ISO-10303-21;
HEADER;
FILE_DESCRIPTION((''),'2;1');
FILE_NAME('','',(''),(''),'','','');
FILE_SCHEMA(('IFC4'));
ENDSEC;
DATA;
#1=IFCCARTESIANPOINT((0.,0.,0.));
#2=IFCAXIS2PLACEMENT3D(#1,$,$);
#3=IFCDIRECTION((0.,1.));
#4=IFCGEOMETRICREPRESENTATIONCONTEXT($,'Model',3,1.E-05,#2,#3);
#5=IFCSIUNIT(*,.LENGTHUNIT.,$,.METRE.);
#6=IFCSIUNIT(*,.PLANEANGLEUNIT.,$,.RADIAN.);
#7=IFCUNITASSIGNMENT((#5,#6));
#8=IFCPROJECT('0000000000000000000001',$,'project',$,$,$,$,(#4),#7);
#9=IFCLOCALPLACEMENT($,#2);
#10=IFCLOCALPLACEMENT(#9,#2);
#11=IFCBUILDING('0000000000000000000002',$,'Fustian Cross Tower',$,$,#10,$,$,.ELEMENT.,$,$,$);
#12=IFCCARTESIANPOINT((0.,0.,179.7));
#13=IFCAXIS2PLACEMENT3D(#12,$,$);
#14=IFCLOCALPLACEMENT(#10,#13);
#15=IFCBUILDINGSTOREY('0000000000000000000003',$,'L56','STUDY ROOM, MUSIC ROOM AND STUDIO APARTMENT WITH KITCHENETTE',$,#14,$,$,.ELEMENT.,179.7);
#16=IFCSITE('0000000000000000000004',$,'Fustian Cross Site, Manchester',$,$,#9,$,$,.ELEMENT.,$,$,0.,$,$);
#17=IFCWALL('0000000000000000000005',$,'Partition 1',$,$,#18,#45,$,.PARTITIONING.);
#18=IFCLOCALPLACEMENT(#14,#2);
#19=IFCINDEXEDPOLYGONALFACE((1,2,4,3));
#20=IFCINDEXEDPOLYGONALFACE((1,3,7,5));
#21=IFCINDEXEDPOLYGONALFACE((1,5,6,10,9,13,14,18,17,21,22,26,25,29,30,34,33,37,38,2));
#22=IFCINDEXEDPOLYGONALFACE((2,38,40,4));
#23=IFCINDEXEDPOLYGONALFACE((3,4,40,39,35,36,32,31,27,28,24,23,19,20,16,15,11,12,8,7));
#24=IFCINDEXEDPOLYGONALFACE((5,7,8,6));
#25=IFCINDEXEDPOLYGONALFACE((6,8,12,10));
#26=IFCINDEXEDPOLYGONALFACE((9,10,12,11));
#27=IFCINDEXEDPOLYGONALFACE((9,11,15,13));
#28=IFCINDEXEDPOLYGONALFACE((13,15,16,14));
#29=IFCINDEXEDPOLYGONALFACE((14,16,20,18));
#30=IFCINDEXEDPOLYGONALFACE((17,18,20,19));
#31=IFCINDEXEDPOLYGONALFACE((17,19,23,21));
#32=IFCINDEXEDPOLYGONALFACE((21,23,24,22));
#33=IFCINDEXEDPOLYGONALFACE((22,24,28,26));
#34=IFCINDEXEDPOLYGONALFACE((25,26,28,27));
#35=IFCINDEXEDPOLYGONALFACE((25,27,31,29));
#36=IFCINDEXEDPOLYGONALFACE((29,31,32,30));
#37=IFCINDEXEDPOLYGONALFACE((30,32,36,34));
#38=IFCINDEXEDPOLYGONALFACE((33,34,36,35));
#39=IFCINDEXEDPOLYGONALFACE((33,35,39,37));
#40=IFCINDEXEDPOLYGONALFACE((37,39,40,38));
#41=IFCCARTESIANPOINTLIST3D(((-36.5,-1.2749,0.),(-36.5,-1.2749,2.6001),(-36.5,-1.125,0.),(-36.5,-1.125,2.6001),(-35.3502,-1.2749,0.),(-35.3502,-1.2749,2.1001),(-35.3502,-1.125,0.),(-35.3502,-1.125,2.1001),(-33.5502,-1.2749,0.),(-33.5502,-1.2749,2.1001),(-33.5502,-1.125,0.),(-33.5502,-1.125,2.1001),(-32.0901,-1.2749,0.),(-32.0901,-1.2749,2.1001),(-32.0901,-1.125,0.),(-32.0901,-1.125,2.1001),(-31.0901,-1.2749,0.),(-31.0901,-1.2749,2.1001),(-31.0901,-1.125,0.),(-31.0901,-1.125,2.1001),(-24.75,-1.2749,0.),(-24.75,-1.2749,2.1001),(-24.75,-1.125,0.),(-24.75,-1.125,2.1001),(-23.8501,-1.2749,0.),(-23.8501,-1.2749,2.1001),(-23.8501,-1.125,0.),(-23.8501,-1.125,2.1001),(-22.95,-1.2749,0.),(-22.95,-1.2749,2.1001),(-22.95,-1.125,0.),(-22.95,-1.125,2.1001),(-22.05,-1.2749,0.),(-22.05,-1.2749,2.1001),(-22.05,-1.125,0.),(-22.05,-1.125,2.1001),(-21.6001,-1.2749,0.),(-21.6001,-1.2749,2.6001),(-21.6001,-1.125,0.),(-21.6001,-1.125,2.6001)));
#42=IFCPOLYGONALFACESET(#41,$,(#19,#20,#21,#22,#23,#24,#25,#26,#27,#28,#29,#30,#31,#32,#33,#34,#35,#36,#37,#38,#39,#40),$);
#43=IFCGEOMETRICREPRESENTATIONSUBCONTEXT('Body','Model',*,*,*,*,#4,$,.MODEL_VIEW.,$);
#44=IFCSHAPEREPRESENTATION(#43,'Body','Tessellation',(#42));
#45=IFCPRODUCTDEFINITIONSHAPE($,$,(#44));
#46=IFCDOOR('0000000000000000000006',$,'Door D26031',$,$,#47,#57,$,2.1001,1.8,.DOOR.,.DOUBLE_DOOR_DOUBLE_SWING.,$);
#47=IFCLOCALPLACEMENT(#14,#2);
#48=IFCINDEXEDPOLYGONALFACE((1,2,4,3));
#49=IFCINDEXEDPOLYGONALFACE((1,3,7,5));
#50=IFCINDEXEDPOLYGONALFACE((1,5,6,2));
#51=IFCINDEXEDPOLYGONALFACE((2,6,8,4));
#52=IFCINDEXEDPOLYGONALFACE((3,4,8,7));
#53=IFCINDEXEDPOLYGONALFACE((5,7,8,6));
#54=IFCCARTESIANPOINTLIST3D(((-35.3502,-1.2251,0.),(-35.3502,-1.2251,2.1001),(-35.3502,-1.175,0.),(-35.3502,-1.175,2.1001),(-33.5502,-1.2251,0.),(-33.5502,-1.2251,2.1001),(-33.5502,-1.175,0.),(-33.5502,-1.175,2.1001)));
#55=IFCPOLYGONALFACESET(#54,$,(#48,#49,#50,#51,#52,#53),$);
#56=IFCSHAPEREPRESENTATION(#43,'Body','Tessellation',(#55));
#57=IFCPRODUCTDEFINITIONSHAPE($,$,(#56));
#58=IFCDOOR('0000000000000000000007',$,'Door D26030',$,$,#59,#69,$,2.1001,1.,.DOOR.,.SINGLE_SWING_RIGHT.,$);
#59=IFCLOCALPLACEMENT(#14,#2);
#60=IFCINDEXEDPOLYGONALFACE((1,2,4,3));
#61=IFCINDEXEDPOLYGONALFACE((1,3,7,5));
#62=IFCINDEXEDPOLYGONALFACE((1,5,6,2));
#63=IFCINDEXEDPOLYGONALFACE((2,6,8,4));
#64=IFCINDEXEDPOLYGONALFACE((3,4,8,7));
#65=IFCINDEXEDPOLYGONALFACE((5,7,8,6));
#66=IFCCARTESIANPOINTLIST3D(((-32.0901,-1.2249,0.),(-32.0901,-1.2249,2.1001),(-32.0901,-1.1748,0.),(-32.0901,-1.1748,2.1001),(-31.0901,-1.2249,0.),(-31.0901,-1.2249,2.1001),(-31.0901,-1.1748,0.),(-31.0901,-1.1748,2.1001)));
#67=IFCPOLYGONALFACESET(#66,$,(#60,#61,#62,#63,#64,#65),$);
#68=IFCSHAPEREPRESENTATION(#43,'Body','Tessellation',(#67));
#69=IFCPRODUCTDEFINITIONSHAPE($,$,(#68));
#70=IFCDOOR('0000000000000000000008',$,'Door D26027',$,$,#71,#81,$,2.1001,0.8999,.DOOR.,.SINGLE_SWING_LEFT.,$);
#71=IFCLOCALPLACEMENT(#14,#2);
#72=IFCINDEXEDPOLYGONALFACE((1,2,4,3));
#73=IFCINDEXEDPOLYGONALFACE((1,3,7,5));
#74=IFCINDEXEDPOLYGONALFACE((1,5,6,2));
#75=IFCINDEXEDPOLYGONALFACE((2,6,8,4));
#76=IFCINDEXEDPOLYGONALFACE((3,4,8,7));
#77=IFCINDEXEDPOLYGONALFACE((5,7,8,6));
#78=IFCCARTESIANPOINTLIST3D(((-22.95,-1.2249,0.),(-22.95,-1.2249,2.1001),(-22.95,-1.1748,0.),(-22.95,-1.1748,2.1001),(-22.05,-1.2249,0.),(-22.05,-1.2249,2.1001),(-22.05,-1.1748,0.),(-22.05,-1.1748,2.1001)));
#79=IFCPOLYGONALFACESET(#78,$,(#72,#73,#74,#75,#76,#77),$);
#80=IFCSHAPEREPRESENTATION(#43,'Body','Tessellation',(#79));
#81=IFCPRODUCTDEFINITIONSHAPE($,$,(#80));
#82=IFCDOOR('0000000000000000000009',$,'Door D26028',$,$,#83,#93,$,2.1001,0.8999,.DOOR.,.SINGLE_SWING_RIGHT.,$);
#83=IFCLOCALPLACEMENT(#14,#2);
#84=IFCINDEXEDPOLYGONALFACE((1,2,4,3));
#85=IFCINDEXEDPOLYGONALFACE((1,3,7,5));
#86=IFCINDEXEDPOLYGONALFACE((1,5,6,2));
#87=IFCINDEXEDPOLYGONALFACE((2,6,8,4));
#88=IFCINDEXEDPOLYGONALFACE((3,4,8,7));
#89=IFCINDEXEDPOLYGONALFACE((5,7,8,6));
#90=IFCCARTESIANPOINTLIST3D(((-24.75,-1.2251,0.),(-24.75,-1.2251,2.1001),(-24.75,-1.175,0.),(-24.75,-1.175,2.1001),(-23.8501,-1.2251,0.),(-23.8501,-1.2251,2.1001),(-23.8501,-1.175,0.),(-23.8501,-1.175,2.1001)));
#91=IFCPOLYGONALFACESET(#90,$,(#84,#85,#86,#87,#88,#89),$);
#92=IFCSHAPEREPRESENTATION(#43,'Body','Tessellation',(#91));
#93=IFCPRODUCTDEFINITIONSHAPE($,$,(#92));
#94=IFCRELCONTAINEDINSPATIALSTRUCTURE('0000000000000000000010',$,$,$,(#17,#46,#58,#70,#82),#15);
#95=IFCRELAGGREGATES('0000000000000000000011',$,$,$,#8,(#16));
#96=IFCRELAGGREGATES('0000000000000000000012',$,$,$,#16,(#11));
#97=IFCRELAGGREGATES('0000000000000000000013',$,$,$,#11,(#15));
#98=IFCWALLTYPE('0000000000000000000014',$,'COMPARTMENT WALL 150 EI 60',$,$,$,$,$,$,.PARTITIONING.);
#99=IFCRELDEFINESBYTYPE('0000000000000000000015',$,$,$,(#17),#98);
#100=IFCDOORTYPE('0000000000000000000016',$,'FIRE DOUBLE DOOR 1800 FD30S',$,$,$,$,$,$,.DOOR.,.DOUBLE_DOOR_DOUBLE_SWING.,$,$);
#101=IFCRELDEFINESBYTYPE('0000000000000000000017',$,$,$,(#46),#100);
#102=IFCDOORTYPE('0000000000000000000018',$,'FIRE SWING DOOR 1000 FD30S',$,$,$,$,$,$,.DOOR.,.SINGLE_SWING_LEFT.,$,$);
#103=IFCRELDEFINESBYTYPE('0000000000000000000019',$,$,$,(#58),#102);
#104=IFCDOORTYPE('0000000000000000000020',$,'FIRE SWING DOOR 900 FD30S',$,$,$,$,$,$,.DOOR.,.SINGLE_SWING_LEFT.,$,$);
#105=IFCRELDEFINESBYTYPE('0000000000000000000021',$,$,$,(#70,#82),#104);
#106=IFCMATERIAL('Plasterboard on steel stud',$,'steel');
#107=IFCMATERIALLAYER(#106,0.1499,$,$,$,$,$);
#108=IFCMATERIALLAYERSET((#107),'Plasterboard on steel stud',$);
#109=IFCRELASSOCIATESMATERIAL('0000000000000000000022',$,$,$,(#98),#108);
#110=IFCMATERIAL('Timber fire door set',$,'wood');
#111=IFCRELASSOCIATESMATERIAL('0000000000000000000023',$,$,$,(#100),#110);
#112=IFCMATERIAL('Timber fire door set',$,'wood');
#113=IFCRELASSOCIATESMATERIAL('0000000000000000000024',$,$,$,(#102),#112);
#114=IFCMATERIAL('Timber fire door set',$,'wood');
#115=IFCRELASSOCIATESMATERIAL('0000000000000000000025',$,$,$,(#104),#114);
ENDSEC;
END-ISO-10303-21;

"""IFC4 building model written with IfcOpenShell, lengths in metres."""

from ifc_helpers import new_model, si_unit, direction, frame, frame_2d, origin, place, context, subcontext, project, spatial, rectangle, extrude, material, layer, layer_set, type_object, element, fill, save


model = new_model("IFC4")

# Units and contexts
model_context = context("Model", 3, precision=1e-05, world=origin(), true_north=direction((0.0, 1.0)))
body_context = subcontext(model_context, "Body", "Model", "MODEL_VIEW")
ifc_project = project(units=[si_unit("LENGTHUNIT", "METRE"), si_unit("PLANEANGLEUNIT", "RADIAN")], contexts=[model_context])

# Site, building, storey
site_placement = place(None, origin())
site = spatial("IfcSite", under=ifc_project, at=site_placement, Name="Fustian Cross Site, Manchester", CompositionType="ELEMENT", RefElevation=0.0)
building_placement = place(site_placement, origin())
building = spatial("IfcBuilding", under=site, at=building_placement, Name="Fustian Cross Tower", CompositionType="ELEMENT")
storey_placement = place(building_placement, frame((0.0, 0.0, 179.7)))
storey = spatial("IfcBuildingStorey", under=building, at=storey_placement, Name="L56", Description="STUDY ROOM, MUSIC ROOM AND STUDIO APARTMENT WITH KITCHENETTE", CompositionType="ELEMENT", Elevation=179.7)

# Wall, openings, doors
ifc_material_1 = material(Name="Plasterboard on steel stud", Category="steel")
ifc_layer_1 = layer(ifc_material_1, 0.1499)
ifc_layer_set_1 = layer_set([ifc_layer_1], Name="Plasterboard on steel stud")
wall_type_1 = type_object("IfcWallType", Name="COMPARTMENT WALL 150 EI 60", PredefinedType="PARTITIONING", material=ifc_layer_set_1)
wall_1_placement = place(storey_placement, frame((-36.5, -1.2, 0.0), z_axis=(0.0, 0.0, 1.0), x_axis=(1.0, 0.0, 0.0)))
wall_1 = element("IfcWall", 1, at=wall_1_placement, inside=storey, type_object=wall_type_1, Name="Partition 1", PredefinedType="PARTITIONING", context=body_context, shape_type="SweptSolid", body=[
    extrude(rectangle(XDim=14.8999, YDim=0.1499, at=frame_2d((7.45, 0.0))), origin(), (0.0, 0.0, 1.0), 2.6001),
])
opening_1_placement = place(wall_1_placement, frame((13.55, 0.0, 0.0)))
opening_1 = element("IfcOpeningElement", 2, at=opening_1_placement, cuts=wall_1, PredefinedType="OPENING", context=body_context, shape_type="SweptSolid", body=[
    extrude(rectangle(XDim=0.8999, YDim=2.1001, at=frame_2d((0.45, 1.05))), frame((0.0, 0.085, 0.0), z_axis=(0.0, -1.0, 0.0), x_axis=(1.0, 0.0, 0.0)), (0.0, 0.0, 1.0), 0.1699),
])
opening_2_placement = place(wall_1_placement, frame((11.75, 0.0, 0.0)))
opening_2 = element("IfcOpeningElement", 3, at=opening_2_placement, cuts=wall_1, PredefinedType="OPENING", context=body_context, shape_type="SweptSolid", body=[
    extrude(rectangle(XDim=0.8999, YDim=2.1001, at=frame_2d((0.45, 1.05))), frame((0.0, 0.085, 0.0), z_axis=(0.0, -1.0, 0.0), x_axis=(1.0, 0.0, 0.0)), (0.0, 0.0, 1.0), 0.1699),
])
opening_3_placement = place(wall_1_placement, frame((4.4099, 0.0, 0.0)))
opening_3 = element("IfcOpeningElement", 4, at=opening_3_placement, cuts=wall_1, PredefinedType="OPENING", context=body_context, shape_type="SweptSolid", body=[
    extrude(rectangle(XDim=1.0, YDim=2.1001, at=frame_2d((0.5, 1.05))), frame((0.0, 0.085, 0.0), z_axis=(0.0, -1.0, 0.0), x_axis=(1.0, 0.0, 0.0)), (0.0, 0.0, 1.0), 0.1699),
])
opening_4_placement = place(wall_1_placement, frame((1.1499, 0.0, 0.0)))
opening_4 = element("IfcOpeningElement", 5, at=opening_4_placement, cuts=wall_1, PredefinedType="OPENING", context=body_context, shape_type="SweptSolid", body=[
    extrude(rectangle(XDim=1.8, YDim=2.1001, at=frame_2d((0.8999, 1.05))), frame((0.0, 0.085, 0.0), z_axis=(0.0, -1.0, 0.0), x_axis=(1.0, 0.0, 0.0)), (0.0, 0.0, 1.0), 0.1699),
])
ifc_material_2 = material(Name="Timber fire door set", Category="wood")
door_type_1 = type_object("IfcDoorType", Name="FIRE DOUBLE DOOR 1800 FD30S", OperationType="DOUBLE_DOOR_DOUBLE_SWING", PredefinedType="DOOR", material=ifc_material_2)
door_1_placement = place(opening_4_placement, origin())
door_1 = element("IfcDoor", 6, at=door_1_placement, inside=storey, type_object=door_type_1, Name="Door D26031", OperationType="DOUBLE_DOOR_DOUBLE_SWING", OverallHeight=2.1001, OverallWidth=1.8, PredefinedType="DOOR", context=body_context, shape_type="SweptSolid", body=[
    extrude(rectangle(XDim=1.8, YDim=2.1001, at=frame_2d((0.8999, 1.05))), frame((0.0, 0.0249, 0.0), z_axis=(0.0, -1.0, 0.0), x_axis=(1.0, 0.0, 0.0)), (0.0, 0.0, 1.0), 0.05),
])
fill(opening_4, door_1)
ifc_material_3 = material(Name="Timber fire door set", Category="wood")
door_type_2 = type_object("IfcDoorType", Name="FIRE SWING DOOR 1000 FD30S", OperationType="SINGLE_SWING_LEFT", PredefinedType="DOOR", material=ifc_material_3)
door_2_placement = place(opening_3_placement, frame((1.0, 0.0, 0.0), z_axis=(0.0, 0.0, 1.0), x_axis=(-1.0, 0.0, 0.0)))
door_2 = element("IfcDoor", 7, at=door_2_placement, inside=storey, type_object=door_type_2, Name="Door D26030", OperationType="SINGLE_SWING_RIGHT", OverallHeight=2.1001, OverallWidth=1.0, PredefinedType="DOOR", context=body_context, shape_type="SweptSolid", body=[
    extrude(rectangle(XDim=1.0, YDim=2.1001, at=frame_2d((0.5, 1.05))), frame((0.0, 0.0249, 0.0), z_axis=(0.0, -1.0, 0.0), x_axis=(1.0, 0.0, 0.0)), (0.0, 0.0, 1.0), 0.05),
])
fill(opening_3, door_2)
ifc_material_4 = material(Name="Timber fire door set", Category="wood")
door_type_3 = type_object("IfcDoorType", Name="FIRE SWING DOOR 900 FD30S", OperationType="SINGLE_SWING_LEFT", PredefinedType="DOOR", material=ifc_material_4)
door_3_placement = place(opening_1_placement, frame((0.8999, 0.0, 0.0), z_axis=(0.0, 0.0, 1.0), x_axis=(-1.0, 0.0, 0.0)))
door_3 = element("IfcDoor", 8, at=door_3_placement, inside=storey, type_object=door_type_3, Name="Door D26027", OperationType="SINGLE_SWING_LEFT", OverallHeight=2.1001, OverallWidth=0.8999, PredefinedType="DOOR", context=body_context, shape_type="SweptSolid", body=[
    extrude(rectangle(XDim=0.8999, YDim=2.1001, at=frame_2d((0.45, 1.05))), frame((0.0, 0.0249, 0.0), z_axis=(0.0, -1.0, 0.0), x_axis=(1.0, 0.0, 0.0)), (0.0, 0.0, 1.0), 0.05),
])
fill(opening_1, door_3)
door_4_placement = place(opening_2_placement, origin())
door_4 = element("IfcDoor", 9, at=door_4_placement, inside=storey, type_object=door_type_3, Name="Door D26028", OperationType="SINGLE_SWING_RIGHT", OverallHeight=2.1001, OverallWidth=0.8999, PredefinedType="DOOR", context=body_context, shape_type="SweptSolid", body=[
    extrude(rectangle(XDim=0.8999, YDim=2.1001, at=frame_2d((0.45, 1.05))), frame((0.0, 0.0249, 0.0), z_axis=(0.0, -1.0, 0.0), x_axis=(1.0, 0.0, 0.0)), (0.0, 0.0, 1.0), 0.05),
])
fill(opening_2, door_4)

save(model, "model.ifc")
